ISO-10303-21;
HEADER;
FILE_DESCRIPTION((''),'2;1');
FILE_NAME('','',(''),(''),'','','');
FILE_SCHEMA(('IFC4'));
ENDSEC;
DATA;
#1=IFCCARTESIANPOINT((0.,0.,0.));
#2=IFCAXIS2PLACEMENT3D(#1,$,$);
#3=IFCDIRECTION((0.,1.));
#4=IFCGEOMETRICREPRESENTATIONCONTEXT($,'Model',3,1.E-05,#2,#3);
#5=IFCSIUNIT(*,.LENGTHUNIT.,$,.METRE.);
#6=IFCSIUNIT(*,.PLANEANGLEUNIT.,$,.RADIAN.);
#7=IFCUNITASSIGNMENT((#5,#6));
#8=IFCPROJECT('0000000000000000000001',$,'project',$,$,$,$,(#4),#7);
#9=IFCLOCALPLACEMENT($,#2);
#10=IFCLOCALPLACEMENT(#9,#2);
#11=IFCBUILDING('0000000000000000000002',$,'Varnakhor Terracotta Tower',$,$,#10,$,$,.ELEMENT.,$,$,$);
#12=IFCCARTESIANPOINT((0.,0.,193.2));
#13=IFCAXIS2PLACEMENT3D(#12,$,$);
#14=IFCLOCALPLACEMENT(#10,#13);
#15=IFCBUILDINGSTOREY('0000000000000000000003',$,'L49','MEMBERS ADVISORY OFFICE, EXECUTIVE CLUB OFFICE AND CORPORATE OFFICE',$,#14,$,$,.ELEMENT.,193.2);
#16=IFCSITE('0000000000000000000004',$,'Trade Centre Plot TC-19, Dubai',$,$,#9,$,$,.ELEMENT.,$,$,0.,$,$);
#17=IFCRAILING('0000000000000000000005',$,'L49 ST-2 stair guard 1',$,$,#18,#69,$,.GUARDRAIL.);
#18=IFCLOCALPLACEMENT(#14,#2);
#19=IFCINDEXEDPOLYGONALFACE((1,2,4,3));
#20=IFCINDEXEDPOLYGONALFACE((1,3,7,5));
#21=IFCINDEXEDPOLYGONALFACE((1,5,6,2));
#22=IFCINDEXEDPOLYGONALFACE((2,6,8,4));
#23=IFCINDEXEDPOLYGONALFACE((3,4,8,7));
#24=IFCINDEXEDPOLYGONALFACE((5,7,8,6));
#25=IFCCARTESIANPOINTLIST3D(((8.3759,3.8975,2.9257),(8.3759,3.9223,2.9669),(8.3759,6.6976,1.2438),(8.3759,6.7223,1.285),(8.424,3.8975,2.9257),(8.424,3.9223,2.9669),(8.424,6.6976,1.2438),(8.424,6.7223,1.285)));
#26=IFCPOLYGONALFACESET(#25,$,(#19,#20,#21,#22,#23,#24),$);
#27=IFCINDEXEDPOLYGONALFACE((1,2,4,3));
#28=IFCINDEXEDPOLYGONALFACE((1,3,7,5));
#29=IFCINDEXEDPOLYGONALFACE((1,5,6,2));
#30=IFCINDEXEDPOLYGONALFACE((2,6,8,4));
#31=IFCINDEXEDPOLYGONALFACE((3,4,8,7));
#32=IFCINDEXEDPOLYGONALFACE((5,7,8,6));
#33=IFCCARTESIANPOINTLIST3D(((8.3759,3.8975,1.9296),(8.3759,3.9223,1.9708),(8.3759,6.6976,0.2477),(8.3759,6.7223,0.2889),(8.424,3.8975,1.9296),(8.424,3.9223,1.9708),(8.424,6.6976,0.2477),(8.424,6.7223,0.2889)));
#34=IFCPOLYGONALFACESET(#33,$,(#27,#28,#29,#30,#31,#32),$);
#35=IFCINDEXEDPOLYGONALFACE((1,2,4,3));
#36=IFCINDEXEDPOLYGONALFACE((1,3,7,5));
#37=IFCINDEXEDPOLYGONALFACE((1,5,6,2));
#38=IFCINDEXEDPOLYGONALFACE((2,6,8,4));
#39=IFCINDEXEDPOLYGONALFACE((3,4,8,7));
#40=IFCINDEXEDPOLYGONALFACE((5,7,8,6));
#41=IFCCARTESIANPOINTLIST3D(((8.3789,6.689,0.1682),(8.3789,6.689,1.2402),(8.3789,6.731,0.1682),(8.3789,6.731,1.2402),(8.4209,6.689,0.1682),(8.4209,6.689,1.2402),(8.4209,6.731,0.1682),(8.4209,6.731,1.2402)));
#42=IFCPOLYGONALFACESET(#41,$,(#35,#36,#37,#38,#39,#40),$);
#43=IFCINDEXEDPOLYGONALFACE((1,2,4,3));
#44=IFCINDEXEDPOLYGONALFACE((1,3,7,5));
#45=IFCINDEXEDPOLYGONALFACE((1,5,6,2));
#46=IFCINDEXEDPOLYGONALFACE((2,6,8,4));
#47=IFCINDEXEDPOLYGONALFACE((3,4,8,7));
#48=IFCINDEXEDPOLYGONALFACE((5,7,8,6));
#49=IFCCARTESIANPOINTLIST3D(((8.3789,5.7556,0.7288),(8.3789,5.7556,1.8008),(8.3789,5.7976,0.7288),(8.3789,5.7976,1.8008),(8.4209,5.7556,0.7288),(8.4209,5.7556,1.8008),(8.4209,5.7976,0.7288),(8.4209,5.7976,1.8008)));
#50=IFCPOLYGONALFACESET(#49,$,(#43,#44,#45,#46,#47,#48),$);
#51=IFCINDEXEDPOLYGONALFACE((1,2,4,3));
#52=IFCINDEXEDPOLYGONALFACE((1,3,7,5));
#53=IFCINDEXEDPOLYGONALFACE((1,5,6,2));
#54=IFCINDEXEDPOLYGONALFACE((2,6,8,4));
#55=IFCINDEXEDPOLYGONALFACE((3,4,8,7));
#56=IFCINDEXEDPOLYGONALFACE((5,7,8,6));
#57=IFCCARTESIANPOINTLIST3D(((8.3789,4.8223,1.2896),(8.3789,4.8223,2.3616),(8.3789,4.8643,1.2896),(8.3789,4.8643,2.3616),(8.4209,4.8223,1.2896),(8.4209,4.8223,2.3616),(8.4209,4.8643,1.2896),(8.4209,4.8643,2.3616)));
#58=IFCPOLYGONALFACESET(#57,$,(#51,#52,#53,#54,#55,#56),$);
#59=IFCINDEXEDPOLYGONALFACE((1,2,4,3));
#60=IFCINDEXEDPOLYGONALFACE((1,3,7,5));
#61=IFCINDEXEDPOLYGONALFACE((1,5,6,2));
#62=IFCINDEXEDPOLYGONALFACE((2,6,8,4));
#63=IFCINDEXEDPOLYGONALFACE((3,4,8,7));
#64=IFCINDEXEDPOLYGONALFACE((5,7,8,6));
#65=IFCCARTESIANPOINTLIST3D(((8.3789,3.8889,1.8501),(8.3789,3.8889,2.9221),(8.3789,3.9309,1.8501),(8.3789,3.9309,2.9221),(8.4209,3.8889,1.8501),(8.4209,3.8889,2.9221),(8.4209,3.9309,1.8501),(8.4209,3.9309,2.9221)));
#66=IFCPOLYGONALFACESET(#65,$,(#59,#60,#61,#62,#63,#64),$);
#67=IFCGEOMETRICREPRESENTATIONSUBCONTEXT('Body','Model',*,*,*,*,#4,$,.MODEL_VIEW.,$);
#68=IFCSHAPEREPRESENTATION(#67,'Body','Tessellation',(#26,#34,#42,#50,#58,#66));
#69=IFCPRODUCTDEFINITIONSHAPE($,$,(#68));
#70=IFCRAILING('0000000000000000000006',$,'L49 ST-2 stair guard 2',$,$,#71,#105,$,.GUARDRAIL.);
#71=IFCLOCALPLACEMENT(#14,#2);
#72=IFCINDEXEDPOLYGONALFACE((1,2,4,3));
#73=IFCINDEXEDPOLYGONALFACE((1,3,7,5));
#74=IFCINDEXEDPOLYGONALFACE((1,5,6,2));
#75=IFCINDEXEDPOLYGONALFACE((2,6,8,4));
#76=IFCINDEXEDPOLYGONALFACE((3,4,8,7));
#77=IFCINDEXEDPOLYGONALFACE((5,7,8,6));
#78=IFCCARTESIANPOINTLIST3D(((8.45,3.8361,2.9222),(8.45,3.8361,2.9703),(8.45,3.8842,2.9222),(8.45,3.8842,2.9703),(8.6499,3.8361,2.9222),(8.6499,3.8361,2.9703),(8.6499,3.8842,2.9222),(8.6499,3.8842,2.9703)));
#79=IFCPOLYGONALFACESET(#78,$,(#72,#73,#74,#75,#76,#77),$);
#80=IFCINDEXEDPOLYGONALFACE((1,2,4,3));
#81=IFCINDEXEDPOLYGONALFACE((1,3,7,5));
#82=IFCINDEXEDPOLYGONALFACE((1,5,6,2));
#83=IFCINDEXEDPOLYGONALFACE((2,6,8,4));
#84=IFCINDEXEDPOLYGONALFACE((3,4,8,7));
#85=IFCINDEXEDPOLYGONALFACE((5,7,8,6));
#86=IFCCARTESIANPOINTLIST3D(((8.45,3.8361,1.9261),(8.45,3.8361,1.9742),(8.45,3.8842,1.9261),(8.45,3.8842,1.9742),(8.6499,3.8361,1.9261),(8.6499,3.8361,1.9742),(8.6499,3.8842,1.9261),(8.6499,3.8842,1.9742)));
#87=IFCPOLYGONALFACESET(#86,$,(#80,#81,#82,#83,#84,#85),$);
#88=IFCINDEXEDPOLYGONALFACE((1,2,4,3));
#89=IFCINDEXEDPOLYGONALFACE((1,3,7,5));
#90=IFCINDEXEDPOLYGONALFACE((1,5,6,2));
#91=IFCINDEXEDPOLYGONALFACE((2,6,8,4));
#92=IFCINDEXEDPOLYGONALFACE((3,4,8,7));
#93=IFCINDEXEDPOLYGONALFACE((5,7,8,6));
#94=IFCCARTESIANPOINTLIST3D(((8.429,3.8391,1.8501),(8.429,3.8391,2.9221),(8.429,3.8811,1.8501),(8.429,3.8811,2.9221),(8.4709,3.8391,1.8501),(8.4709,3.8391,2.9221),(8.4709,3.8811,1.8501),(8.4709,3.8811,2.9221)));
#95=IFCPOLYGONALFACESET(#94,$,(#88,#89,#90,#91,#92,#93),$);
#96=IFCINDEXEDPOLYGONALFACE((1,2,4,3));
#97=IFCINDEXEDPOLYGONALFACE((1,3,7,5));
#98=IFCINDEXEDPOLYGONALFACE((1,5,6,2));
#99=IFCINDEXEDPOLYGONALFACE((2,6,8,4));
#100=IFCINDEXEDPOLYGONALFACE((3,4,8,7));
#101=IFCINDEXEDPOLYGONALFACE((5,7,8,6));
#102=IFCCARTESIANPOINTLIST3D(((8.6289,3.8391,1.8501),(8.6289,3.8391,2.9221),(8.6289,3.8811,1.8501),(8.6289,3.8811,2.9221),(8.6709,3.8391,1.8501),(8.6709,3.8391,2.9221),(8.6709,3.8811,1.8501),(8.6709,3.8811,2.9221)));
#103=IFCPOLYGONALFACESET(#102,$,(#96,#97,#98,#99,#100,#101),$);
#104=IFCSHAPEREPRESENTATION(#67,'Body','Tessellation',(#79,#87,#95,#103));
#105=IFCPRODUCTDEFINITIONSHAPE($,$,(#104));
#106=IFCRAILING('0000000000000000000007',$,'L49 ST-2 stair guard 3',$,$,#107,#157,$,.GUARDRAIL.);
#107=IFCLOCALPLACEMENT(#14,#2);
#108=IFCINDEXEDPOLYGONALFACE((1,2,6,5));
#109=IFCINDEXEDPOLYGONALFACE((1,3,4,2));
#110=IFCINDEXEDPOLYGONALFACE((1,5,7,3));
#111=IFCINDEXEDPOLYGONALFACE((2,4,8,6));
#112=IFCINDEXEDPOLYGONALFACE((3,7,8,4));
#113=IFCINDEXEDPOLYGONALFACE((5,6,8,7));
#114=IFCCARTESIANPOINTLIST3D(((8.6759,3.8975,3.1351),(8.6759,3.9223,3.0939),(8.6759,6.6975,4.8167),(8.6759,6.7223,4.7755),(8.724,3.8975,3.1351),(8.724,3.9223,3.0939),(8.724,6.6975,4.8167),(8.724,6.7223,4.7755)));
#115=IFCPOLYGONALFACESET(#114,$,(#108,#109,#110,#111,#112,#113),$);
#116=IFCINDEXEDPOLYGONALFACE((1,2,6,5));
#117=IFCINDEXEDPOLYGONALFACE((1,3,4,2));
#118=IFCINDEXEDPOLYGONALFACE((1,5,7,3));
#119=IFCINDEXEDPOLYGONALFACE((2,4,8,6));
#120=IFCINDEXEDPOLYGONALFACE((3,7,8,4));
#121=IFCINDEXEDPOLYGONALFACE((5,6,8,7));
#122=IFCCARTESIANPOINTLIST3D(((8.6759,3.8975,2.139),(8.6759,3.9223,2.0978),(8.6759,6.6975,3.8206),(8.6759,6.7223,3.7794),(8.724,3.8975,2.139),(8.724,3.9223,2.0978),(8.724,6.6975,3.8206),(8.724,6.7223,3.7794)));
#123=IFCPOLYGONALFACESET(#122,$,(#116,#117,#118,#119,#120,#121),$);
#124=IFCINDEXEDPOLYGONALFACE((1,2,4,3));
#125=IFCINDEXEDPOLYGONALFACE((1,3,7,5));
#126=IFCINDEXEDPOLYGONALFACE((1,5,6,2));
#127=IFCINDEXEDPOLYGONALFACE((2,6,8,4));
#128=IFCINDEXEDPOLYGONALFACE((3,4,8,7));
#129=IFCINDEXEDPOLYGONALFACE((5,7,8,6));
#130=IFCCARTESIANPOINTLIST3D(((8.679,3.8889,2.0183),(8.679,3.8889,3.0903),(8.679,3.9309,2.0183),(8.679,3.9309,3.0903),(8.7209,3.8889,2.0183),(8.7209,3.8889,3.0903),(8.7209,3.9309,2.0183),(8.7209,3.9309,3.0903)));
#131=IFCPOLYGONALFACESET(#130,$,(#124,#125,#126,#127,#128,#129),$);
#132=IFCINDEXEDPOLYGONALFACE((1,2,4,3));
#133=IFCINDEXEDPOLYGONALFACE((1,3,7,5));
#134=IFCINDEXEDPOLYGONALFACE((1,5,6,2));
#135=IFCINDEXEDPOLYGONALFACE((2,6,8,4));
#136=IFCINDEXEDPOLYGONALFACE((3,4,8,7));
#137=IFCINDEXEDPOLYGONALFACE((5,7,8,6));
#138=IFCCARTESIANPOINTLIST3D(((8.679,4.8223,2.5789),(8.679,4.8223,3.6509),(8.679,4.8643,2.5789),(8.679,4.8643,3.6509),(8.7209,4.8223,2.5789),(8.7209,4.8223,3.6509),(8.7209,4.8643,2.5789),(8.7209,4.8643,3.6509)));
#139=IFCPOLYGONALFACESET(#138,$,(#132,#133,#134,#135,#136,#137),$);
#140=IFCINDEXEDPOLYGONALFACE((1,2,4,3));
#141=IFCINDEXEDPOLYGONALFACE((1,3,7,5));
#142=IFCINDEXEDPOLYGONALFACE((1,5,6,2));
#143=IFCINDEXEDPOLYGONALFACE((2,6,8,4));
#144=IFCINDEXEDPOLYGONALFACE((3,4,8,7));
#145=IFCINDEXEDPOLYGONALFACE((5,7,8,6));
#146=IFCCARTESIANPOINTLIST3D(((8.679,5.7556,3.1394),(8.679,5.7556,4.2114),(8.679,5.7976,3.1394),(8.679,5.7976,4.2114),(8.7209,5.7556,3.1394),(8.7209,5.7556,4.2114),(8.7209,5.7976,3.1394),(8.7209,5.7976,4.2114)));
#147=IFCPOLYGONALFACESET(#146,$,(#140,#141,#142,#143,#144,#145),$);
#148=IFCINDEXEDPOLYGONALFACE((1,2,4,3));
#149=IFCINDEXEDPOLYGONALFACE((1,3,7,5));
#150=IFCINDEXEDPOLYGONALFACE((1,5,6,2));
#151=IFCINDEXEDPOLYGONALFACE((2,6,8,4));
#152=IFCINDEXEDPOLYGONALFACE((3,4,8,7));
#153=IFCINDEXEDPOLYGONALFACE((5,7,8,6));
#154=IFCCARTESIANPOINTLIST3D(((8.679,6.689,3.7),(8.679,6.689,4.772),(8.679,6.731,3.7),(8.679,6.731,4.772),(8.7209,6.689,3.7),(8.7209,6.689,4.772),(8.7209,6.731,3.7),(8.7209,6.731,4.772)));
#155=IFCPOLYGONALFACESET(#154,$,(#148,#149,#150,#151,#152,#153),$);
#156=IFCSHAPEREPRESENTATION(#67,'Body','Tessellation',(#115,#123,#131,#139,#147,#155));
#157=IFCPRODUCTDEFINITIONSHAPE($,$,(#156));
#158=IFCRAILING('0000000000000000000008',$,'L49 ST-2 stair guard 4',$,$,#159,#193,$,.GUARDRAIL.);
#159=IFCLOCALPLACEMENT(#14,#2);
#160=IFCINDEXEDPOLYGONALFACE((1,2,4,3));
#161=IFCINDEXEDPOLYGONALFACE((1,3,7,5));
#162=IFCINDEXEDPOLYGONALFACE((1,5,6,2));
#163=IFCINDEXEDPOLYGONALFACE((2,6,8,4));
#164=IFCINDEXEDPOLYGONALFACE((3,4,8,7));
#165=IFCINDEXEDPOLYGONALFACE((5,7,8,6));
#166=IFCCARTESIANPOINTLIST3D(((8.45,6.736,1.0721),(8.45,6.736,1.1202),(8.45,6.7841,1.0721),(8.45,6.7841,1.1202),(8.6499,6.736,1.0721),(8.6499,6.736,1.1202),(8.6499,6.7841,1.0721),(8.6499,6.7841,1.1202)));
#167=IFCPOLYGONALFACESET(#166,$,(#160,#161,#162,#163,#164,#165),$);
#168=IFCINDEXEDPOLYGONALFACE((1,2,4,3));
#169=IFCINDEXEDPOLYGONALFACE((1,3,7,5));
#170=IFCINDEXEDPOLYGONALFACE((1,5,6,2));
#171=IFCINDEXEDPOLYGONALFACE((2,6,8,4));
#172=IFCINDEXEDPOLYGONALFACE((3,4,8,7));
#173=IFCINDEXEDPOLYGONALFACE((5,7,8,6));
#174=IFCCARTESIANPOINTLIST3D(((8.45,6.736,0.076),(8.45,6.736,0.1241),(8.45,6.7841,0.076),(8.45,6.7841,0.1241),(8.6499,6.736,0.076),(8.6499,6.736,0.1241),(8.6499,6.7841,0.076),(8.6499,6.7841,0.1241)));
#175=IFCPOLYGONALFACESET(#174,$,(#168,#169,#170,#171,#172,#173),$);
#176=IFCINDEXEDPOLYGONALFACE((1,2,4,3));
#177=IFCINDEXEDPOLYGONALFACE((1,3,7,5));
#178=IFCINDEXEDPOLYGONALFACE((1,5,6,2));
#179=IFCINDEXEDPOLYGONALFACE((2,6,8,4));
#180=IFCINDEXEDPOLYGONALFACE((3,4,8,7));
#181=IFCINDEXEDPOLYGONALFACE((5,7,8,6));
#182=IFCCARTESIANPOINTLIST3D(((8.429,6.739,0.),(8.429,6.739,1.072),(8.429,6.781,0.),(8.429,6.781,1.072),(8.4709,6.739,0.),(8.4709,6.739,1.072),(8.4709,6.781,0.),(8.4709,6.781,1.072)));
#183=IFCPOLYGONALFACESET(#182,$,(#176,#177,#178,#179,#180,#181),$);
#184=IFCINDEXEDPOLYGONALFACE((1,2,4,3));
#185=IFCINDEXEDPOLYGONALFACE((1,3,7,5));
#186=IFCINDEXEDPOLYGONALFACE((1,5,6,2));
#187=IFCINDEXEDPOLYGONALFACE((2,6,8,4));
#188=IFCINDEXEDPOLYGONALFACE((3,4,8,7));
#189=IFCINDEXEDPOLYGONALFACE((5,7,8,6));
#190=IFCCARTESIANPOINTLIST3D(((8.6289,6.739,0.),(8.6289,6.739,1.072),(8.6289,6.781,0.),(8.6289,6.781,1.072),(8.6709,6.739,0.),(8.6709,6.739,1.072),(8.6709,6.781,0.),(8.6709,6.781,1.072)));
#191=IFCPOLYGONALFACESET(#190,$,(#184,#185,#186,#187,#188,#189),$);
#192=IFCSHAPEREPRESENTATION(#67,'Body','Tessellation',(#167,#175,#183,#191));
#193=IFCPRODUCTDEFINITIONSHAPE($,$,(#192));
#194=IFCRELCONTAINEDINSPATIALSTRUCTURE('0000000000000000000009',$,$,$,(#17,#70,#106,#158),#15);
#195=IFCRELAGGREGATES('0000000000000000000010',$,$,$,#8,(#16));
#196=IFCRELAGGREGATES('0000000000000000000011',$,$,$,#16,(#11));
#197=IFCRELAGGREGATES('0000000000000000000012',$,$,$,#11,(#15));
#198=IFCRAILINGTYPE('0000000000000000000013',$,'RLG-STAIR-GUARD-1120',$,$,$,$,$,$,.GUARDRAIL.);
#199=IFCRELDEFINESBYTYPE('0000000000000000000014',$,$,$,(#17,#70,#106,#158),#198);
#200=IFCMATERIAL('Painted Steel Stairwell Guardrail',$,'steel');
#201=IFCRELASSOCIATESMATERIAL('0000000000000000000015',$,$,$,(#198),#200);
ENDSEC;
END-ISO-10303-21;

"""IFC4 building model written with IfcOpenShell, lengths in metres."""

from ifc_helpers import new_model, si_unit, direction, frame, origin, origin_2d, place, context, subcontext, project, spatial, rectangle, extrude, material, type_object, element, save


model = new_model("IFC4")

# Units and contexts
model_context = context("Model", 3, precision=1e-05, world=origin(), true_north=direction((0.0, 1.0)))
body_context = subcontext(model_context, "Body", "Model", "MODEL_VIEW")
ifc_project = project(units=[si_unit("LENGTHUNIT", "METRE"), si_unit("PLANEANGLEUNIT", "RADIAN")], contexts=[model_context])

# Site, building, storey
site_placement = place(None, origin())
site = spatial("IfcSite", under=ifc_project, at=site_placement, Name="Trade Centre Plot TC-19, Dubai", CompositionType="ELEMENT", RefElevation=0.0)
building_placement = place(site_placement, origin())
building = spatial("IfcBuilding", under=site, at=building_placement, Name="Varnakhor Terracotta Tower", CompositionType="ELEMENT")
storey_placement = place(building_placement, frame((0.0, 0.0, 193.2)))
storey = spatial("IfcBuildingStorey", under=building, at=storey_placement, Name="L49", Description="MEMBERS ADVISORY OFFICE, EXECUTIVE CLUB OFFICE AND CORPORATE OFFICE", CompositionType="ELEMENT", Elevation=193.2)

# Railings
ifc_material_1 = material(Name="Painted Steel Stairwell Guardrail", Category="steel")
railing_type_1 = type_object("IfcRailingType", Name="RLG-STAIR-GUARD-1120", PredefinedType="GUARDRAIL", material=ifc_material_1)
railing_1_placement = place(storey_placement, frame((8.3999, 6.71, 0.1682)))
element("IfcRailing", 1, at=railing_1_placement, inside=storey, type_object=railing_type_1, Name="L49 ST-2 stair guard 1", PredefinedType="GUARDRAIL", context=body_context, shape_type="SweptSolid", body=[
    extrude(rectangle(XDim=0.0481, YDim=0.0481, at=origin_2d()), frame((0.0, 0.0, 1.0962), z_axis=(0.0, -0.857242, 0.514913), x_axis=(1.0, 0.0, 0.0)), (0.0, 0.0, 1.0), 3.2664),
    extrude(rectangle(XDim=0.0481, YDim=0.0481, at=origin_2d()), frame((0.0, 0.0, 0.1001), z_axis=(0.0, -0.857242, 0.514913), x_axis=(1.0, 0.0, 0.0)), (0.0, 0.0, 1.0), 3.2664),
    extrude(rectangle(XDim=0.042, YDim=0.042, at=origin_2d()), origin(), (0.0, 0.0, 1.0), 1.072),
    extrude(rectangle(XDim=0.042, YDim=0.042, at=origin_2d()), frame((0.0, -0.9333, 0.5605)), (0.0, 0.0, 1.0), 1.072),
    extrude(rectangle(XDim=0.042, YDim=0.042, at=origin_2d()), frame((0.0, -1.8667, 1.1213)), (0.0, 0.0, 1.0), 1.072),
    extrude(rectangle(XDim=0.042, YDim=0.042, at=origin_2d()), frame((0.0, -2.8, 1.6819)), (0.0, 0.0, 1.0), 1.072),
])
railing_2_placement = place(storey_placement, frame((8.45, 3.8601, 1.8501)))
element("IfcRailing", 2, at=railing_2_placement, inside=storey, type_object=railing_type_1, Name="L49 ST-2 stair guard 2", PredefinedType="GUARDRAIL", context=body_context, shape_type="SweptSolid", body=[
    extrude(rectangle(XDim=0.0481, YDim=0.0481, at=origin_2d()), frame((0.0, 0.0, 1.0962), z_axis=(1.0, 0.0, 0.0), x_axis=(0.0, 1.0, 0.0)), (0.0, 0.0, 1.0), 0.2),
    extrude(rectangle(XDim=0.0481, YDim=0.0481, at=origin_2d()), frame((0.0, 0.0, 0.1001), z_axis=(1.0, 0.0, 0.0), x_axis=(0.0, 1.0, 0.0)), (0.0, 0.0, 1.0), 0.2),
    extrude(rectangle(XDim=0.042, YDim=0.042, at=origin_2d()), origin(), (0.0, 0.0, 1.0), 1.072),
    extrude(rectangle(XDim=0.042, YDim=0.042, at=origin_2d()), frame((0.2, 0.0, 0.0)), (0.0, 0.0, 1.0), 1.072),
])
railing_3_placement = place(storey_placement, frame((8.7, 3.9099, 2.0183)))
element("IfcRailing", 3, at=railing_3_placement, inside=storey, type_object=railing_type_1, Name="L49 ST-2 stair guard 3", PredefinedType="GUARDRAIL", context=body_context, shape_type="SweptSolid", body=[
    extrude(rectangle(XDim=0.0481, YDim=0.0481, at=origin_2d()), frame((0.0, 0.0, 1.0962), z_axis=(0.0, 0.857275, 0.514858), x_axis=(-1.0, 0.0, 0.0)), (0.0, 0.0, 1.0), 3.2661),
    extrude(rectangle(XDim=0.0481, YDim=0.0481, at=origin_2d()), frame((0.0, 0.0, 0.1001), z_axis=(0.0, 0.857275, 0.514858), x_axis=(-1.0, 0.0, 0.0)), (0.0, 0.0, 1.0), 3.2661),
    extrude(rectangle(XDim=0.042, YDim=0.042, at=origin_2d()), origin(), (0.0, 0.0, 1.0), 1.072),
    extrude(rectangle(XDim=0.042, YDim=0.042, at=origin_2d()), frame((0.0, 0.9333, 0.5605)), (0.0, 0.0, 1.0), 1.072),
    extrude(rectangle(XDim=0.042, YDim=0.042, at=origin_2d()), frame((0.0, 1.8667, 1.1211)), (0.0, 0.0, 1.0), 1.072),
    extrude(rectangle(XDim=0.042, YDim=0.042, at=origin_2d()), frame((0.0, 2.8, 1.6816)), (0.0, 0.0, 1.0), 1.072),
])
railing_4_placement = place(storey_placement, frame((8.45, 6.76, 0.0)))
element("IfcRailing", 4, at=railing_4_placement, inside=storey, type_object=railing_type_1, Name="L49 ST-2 stair guard 4", PredefinedType="GUARDRAIL", context=body_context, shape_type="SweptSolid", body=[
    extrude(rectangle(XDim=0.0481, YDim=0.0481, at=origin_2d()), frame((0.0, 0.0, 1.0962), z_axis=(1.0, 0.0, 0.0), x_axis=(0.0, 1.0, 0.0)), (0.0, 0.0, 1.0), 0.2),
    extrude(rectangle(XDim=0.0481, YDim=0.0481, at=origin_2d()), frame((0.0, 0.0, 0.1001), z_axis=(1.0, 0.0, 0.0), x_axis=(0.0, 1.0, 0.0)), (0.0, 0.0, 1.0), 0.2),
    extrude(rectangle(XDim=0.042, YDim=0.042, at=origin_2d()), origin(), (0.0, 0.0, 1.0), 1.072),
    extrude(rectangle(XDim=0.042, YDim=0.042, at=origin_2d()), frame((0.2, 0.0, 0.0)), (0.0, 0.0, 1.0), 1.072),
])

save(model, "model.ifc")
